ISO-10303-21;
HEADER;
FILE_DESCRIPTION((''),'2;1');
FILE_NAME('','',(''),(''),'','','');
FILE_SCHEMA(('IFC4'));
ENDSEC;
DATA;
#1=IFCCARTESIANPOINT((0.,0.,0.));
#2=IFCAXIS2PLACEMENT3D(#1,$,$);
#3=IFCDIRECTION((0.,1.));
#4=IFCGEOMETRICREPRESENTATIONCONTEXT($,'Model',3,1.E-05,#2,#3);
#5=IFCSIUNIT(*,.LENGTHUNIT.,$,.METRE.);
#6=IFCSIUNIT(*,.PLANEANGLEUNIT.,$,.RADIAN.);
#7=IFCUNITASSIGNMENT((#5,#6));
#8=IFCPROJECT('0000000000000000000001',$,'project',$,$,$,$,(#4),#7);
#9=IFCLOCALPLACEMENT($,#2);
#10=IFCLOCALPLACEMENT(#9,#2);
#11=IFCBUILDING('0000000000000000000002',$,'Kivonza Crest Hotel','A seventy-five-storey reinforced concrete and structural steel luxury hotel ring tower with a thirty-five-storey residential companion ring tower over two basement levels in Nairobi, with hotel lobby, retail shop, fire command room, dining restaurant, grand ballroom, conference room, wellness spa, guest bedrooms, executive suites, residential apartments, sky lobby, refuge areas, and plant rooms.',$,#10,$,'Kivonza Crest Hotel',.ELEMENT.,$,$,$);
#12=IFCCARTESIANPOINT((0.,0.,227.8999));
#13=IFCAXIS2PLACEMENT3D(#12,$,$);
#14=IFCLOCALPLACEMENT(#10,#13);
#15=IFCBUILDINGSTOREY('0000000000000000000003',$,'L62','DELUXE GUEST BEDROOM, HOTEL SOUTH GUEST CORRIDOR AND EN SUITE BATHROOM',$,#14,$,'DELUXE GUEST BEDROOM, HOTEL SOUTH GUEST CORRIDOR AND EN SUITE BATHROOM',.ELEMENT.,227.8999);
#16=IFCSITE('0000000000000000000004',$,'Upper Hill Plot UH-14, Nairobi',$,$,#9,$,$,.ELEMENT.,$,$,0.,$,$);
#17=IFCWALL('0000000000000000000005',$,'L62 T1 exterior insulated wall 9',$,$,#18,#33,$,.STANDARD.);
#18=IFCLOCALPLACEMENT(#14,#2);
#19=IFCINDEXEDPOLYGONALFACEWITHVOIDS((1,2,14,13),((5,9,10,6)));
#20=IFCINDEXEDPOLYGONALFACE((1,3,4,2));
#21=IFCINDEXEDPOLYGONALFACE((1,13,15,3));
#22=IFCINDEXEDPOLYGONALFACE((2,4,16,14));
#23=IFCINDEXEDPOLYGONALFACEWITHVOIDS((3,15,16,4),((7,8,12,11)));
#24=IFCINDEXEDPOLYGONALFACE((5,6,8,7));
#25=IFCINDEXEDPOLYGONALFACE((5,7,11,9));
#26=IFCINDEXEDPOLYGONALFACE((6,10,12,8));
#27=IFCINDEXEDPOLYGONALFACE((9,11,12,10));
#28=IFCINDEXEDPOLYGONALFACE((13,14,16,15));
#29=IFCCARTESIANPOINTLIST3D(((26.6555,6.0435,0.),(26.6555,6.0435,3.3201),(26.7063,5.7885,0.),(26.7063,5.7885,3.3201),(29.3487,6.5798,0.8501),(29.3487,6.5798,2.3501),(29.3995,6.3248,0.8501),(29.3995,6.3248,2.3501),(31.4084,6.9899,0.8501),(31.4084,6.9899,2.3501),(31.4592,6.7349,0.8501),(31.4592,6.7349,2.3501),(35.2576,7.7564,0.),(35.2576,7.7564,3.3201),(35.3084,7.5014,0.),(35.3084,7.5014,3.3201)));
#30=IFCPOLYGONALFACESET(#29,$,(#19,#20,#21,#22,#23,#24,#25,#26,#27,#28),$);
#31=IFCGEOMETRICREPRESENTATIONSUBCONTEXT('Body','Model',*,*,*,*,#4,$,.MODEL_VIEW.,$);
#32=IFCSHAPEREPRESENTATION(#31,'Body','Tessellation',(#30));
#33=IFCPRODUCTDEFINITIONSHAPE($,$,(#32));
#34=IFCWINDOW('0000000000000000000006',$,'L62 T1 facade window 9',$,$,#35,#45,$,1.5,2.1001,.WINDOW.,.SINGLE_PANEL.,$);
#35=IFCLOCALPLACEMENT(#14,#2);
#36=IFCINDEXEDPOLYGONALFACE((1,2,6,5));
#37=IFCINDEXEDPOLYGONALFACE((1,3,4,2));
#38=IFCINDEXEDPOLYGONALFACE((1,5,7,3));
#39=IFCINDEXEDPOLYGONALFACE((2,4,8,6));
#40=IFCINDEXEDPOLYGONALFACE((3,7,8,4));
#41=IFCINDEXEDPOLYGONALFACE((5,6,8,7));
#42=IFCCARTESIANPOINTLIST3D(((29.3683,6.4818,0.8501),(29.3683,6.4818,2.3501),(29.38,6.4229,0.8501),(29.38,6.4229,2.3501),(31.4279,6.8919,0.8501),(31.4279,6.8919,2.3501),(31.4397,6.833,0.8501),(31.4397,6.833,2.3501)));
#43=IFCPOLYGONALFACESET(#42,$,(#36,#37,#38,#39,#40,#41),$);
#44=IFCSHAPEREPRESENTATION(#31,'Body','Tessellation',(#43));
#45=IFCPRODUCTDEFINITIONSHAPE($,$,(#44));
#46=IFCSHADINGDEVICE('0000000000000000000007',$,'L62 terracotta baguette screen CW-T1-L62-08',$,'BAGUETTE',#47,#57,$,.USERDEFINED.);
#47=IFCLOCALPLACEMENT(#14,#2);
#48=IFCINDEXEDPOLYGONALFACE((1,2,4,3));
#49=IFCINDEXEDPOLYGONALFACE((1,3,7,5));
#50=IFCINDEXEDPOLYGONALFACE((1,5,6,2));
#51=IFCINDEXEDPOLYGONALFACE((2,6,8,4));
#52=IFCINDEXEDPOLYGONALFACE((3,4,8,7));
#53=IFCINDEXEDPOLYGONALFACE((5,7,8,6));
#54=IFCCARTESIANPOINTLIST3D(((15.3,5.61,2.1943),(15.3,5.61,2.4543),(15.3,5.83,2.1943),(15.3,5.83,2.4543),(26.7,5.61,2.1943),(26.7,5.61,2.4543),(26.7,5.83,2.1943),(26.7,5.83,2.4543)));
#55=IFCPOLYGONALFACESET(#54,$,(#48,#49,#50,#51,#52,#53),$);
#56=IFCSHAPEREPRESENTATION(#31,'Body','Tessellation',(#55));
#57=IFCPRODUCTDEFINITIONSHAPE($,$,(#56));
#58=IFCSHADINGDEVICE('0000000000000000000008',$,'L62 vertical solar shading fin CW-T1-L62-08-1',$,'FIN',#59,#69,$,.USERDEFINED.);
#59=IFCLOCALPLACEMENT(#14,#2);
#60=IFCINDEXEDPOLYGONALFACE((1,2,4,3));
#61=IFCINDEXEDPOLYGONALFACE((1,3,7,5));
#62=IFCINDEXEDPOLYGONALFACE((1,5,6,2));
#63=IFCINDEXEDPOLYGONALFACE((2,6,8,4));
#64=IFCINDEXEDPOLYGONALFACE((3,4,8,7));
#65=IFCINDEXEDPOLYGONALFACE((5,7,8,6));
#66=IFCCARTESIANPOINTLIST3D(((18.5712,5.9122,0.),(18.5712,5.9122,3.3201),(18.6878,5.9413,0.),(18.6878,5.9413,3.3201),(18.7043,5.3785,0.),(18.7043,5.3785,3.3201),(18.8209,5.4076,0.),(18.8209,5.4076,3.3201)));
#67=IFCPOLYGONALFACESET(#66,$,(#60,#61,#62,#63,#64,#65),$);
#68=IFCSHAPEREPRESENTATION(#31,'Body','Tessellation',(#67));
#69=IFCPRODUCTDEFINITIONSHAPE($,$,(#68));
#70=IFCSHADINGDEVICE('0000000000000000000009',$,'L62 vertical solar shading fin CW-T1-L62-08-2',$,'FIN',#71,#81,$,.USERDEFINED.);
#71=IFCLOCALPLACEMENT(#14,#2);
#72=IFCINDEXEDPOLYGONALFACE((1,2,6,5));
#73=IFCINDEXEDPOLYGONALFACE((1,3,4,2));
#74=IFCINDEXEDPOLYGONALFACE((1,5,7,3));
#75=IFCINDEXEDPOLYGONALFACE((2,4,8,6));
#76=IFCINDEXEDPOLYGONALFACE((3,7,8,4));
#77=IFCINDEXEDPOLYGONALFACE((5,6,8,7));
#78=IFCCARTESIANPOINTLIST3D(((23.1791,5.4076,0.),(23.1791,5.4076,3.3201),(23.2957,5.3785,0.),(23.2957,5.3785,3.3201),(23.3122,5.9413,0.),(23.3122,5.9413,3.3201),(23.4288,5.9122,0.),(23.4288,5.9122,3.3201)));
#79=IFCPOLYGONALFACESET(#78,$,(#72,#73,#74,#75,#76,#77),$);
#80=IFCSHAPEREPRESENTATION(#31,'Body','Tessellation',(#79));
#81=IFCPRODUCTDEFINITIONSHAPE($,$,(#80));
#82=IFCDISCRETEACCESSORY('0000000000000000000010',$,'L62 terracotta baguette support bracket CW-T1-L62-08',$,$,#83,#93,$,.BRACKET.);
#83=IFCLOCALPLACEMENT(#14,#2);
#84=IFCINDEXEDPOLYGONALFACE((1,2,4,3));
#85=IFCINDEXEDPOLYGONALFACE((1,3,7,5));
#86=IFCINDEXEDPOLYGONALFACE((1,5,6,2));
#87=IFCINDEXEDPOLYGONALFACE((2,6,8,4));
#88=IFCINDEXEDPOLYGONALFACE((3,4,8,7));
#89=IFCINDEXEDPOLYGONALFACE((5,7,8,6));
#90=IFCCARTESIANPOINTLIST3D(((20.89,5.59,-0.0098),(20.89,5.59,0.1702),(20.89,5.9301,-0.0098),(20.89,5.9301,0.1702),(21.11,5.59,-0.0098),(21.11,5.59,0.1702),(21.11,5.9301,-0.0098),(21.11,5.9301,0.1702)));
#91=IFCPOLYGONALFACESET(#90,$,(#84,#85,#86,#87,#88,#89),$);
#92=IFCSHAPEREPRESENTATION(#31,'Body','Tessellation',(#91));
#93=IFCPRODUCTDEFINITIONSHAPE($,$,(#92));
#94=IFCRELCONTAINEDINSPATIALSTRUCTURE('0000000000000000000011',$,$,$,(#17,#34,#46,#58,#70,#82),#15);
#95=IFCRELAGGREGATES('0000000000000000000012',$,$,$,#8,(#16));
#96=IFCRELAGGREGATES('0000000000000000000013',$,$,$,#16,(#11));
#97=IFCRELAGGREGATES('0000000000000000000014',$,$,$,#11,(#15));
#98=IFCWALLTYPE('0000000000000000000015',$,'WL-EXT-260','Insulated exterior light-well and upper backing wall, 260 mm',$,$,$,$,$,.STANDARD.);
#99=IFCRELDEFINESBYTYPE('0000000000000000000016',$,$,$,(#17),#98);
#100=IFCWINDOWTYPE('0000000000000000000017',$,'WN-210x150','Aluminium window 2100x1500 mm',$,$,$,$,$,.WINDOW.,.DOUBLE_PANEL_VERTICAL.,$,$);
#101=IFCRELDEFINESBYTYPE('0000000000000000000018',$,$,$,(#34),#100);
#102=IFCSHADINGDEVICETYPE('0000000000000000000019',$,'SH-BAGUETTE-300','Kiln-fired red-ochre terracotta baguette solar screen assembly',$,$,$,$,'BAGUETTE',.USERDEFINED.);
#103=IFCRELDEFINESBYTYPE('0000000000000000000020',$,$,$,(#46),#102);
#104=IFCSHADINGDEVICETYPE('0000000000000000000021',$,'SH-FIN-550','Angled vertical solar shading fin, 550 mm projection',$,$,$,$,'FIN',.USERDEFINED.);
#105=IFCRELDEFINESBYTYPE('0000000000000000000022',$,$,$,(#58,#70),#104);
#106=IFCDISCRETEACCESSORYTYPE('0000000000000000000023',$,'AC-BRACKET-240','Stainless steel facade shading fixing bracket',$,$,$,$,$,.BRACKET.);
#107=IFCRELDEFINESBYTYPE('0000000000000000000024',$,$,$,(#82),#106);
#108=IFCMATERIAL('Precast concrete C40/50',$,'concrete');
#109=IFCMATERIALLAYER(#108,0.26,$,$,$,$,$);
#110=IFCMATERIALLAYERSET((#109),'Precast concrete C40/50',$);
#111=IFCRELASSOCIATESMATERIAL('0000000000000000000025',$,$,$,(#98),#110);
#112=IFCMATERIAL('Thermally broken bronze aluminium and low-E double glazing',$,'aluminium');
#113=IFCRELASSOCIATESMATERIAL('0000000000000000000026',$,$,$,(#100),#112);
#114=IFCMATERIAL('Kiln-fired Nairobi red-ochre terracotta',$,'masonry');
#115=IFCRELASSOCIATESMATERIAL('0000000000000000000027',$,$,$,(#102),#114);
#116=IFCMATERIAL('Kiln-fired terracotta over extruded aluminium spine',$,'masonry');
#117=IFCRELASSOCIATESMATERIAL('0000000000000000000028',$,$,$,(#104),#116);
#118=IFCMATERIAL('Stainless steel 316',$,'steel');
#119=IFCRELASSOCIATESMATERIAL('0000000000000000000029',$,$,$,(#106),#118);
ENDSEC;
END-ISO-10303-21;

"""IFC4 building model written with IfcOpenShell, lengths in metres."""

from ifc_helpers import new_model, si_unit, direction, frame, frame_2d, origin, origin_2d, place, context, subcontext, project, spatial, rectangle, extrude, material, layer, layer_set, type_object, element, fill, save


model = new_model("IFC4")

# Units and contexts
model_context = context("Model", 3, precision=1e-05, world=origin(), true_north=direction((0.0, 1.0)))
body_context = subcontext(model_context, "Body", "Model", "MODEL_VIEW")
ifc_project = project(units=[si_unit("LENGTHUNIT", "METRE"), si_unit("PLANEANGLEUNIT", "RADIAN")], contexts=[model_context])

# Site, building, storey
site_placement = place(None, origin())
site = spatial("IfcSite", under=ifc_project, at=site_placement, Name="Upper Hill Plot UH-14, Nairobi", CompositionType="ELEMENT", RefElevation=0.0)
building_placement = place(site_placement, origin())
building = spatial("IfcBuilding", under=site, at=building_placement, Name="Kivonza Crest Hotel", Description="A seventy-five-storey reinforced concrete and structural steel luxury hotel ring tower with a thirty-five-storey residential companion ring tower over two basement levels in Nairobi, with hotel lobby, retail shop, fire command room, dining restaurant, grand ballroom, conference room, wellness spa, guest bedrooms, executive suites, residential apartments, sky lobby, refuge areas, and plant rooms.", LongName="Kivonza Crest Hotel", CompositionType="ELEMENT")
storey_placement = place(building_placement, frame((0.0, 0.0, 227.8999)))
storey = spatial("IfcBuildingStorey", under=building, at=storey_placement, Name="L62", Description="DELUXE GUEST BEDROOM, HOTEL SOUTH GUEST CORRIDOR AND EN SUITE BATHROOM", LongName="DELUXE GUEST BEDROOM, HOTEL SOUTH GUEST CORRIDOR AND EN SUITE BATHROOM", CompositionType="ELEMENT", Elevation=227.8999)

# Wall, opening, window
ifc_material_1 = material(Name="Precast concrete C40/50", Category="concrete")
ifc_layer_1 = layer(ifc_material_1, 0.26)
ifc_layer_set_1 = layer_set([ifc_layer_1], Name="Precast concrete C40/50")
wall_type_1 = type_object("IfcWallType", Name="WL-EXT-260", Description="Insulated exterior light-well and upper backing wall, 260 mm", PredefinedType="STANDARD", material=ifc_layer_set_1)
wall_1_placement = place(storey_placement, frame((26.6809, 5.916, 0.0), z_axis=(0.0, 0.0, 1.0), x_axis=(0.980745, 0.195292, 0.0)))
wall_1 = element("IfcWall", 1, at=wall_1_placement, inside=storey, type_object=wall_type_1, Name="L62 T1 exterior insulated wall 9", PredefinedType="STANDARD", context=body_context, shape_type="SweptSolid", body=[
    extrude(rectangle(XDim=8.771, YDim=0.26, at=frame_2d((4.3855, 0.0))), origin(), (0.0, 0.0, 1.0), 3.3201),
])
opening_1_placement = place(wall_1_placement, frame((2.7461, 0.0, 0.8501)))
opening_1 = element("IfcOpeningElement", 2, at=opening_1_placement, cuts=wall_1, PredefinedType="OPENING", context=body_context, shape_type="SweptSolid", body=[
    extrude(rectangle(XDim=2.1001, YDim=1.5, at=frame_2d((1.05, 0.75))), frame((0.0, 0.1401, 0.0), z_axis=(0.0, -1.0, 0.0), x_axis=(1.0, 0.0, 0.0)), (0.0, 0.0, 1.0), 0.28),
])
ifc_material_2 = material(Name="Thermally broken bronze aluminium and low-E double glazing", Category="aluminium")
window_type = type_object("IfcWindowType", Name="WN-210x150", Description="Aluminium window 2100x1500 mm", PartitioningType="DOUBLE_PANEL_VERTICAL", PredefinedType="WINDOW", material=ifc_material_2)
window_placement = place(opening_1_placement, origin())
window = element("IfcWindow", 3, at=window_placement, inside=storey, type_object=window_type, Name="L62 T1 facade window 9", OverallHeight=1.5, OverallWidth=2.1001, PartitioningType="SINGLE_PANEL", PredefinedType="WINDOW", context=body_context, shape_type="SweptSolid", body=[
    extrude(rectangle(XDim=2.1001, YDim=1.5, at=frame_2d((1.05, 0.75))), frame((0.0, 0.03, 0.0), z_axis=(0.0, -1.0, 0.0), x_axis=(1.0, 0.0, 0.0)), (0.0, 0.0, 1.0), 0.0601),
])
fill(opening_1, window)

# Shading devices
ifc_material_3 = material(Name="Kiln-fired Nairobi red-ochre terracotta", Category="masonry")
shading_device_type_1 = type_object("IfcShadingDeviceType", Name="SH-BAGUETTE-300", Description="Kiln-fired red-ochre terracotta baguette solar screen assembly", ElementType="BAGUETTE", PredefinedType="USERDEFINED", material=ifc_material_3)
shading_device_placement = place(storey_placement, frame((21.0, 5.72, 2.1943), z_axis=(0.0, 0.0, 1.0), x_axis=(1.0, 0.0, 0.0)))
element("IfcShadingDevice", 4, at=shading_device_placement, inside=storey, type_object=shading_device_type_1, Name="L62 terracotta baguette screen CW-T1-L62-08", ObjectType="BAGUETTE", PredefinedType="USERDEFINED", context=body_context, shape_type="SweptSolid", body=[
    extrude(rectangle(XDim=11.3999, YDim=0.22, at=origin_2d()), origin(), (0.0, 0.0, 1.0), 0.26),
])
ifc_material_4 = material(Name="Kiln-fired terracotta over extruded aluminium spine", Category="masonry")
shading_device_type_2 = type_object("IfcShadingDeviceType", Name="SH-FIN-550", Description="Angled vertical solar shading fin, 550 mm projection", ElementType="FIN", PredefinedType="USERDEFINED", material=ifc_material_4)
for number, where, z_axis, x_axis, name in (
    (5, (18.696, 5.6599, 0.0), (0.0, 0.0, 1.0), (0.970296, 0.241922, 0.0), "L62 vertical solar shading fin CW-T1-L62-08-1"),
    (6, (23.304, 5.6599, 0.0), (0.0, 0.0, 1.0), (0.970296, -0.241922, 0.0), "L62 vertical solar shading fin CW-T1-L62-08-2"),
):
    element("IfcShadingDevice", number, at=place(storey_placement, frame(where, z_axis=z_axis, x_axis=x_axis)), inside=storey, type_object=shading_device_type_2, Name=name, ObjectType="FIN", PredefinedType="USERDEFINED", context=body_context, shape_type="SweptSolid", body=[
        extrude(rectangle(XDim=0.1201, YDim=0.55, at=origin_2d()), origin(), (0.0, 0.0, 1.0), 3.3201),
    ])

# Discrete accessory
ifc_material_5 = material(Name="Stainless steel 316", Category="steel")
discrete_accessory_type = type_object("IfcDiscreteAccessoryType", Name="AC-BRACKET-240", Description="Stainless steel facade shading fixing bracket", PredefinedType="BRACKET", material=ifc_material_5)
discrete_accessory_placement = place(storey_placement, frame((21.0, 5.76, -0.0098), z_axis=(0.0, 0.0, 1.0), x_axis=(1.0, 0.0, 0.0)))
element("IfcDiscreteAccessory", 7, at=discrete_accessory_placement, inside=storey, type_object=discrete_accessory_type, Name="L62 terracotta baguette support bracket CW-T1-L62-08", PredefinedType="BRACKET", context=body_context, shape_type="SweptSolid", body=[
    extrude(rectangle(XDim=0.22, YDim=0.3401, at=origin_2d()), origin(), (0.0, 0.0, 1.0), 0.1799),
])

save(model, "model.ifc")
